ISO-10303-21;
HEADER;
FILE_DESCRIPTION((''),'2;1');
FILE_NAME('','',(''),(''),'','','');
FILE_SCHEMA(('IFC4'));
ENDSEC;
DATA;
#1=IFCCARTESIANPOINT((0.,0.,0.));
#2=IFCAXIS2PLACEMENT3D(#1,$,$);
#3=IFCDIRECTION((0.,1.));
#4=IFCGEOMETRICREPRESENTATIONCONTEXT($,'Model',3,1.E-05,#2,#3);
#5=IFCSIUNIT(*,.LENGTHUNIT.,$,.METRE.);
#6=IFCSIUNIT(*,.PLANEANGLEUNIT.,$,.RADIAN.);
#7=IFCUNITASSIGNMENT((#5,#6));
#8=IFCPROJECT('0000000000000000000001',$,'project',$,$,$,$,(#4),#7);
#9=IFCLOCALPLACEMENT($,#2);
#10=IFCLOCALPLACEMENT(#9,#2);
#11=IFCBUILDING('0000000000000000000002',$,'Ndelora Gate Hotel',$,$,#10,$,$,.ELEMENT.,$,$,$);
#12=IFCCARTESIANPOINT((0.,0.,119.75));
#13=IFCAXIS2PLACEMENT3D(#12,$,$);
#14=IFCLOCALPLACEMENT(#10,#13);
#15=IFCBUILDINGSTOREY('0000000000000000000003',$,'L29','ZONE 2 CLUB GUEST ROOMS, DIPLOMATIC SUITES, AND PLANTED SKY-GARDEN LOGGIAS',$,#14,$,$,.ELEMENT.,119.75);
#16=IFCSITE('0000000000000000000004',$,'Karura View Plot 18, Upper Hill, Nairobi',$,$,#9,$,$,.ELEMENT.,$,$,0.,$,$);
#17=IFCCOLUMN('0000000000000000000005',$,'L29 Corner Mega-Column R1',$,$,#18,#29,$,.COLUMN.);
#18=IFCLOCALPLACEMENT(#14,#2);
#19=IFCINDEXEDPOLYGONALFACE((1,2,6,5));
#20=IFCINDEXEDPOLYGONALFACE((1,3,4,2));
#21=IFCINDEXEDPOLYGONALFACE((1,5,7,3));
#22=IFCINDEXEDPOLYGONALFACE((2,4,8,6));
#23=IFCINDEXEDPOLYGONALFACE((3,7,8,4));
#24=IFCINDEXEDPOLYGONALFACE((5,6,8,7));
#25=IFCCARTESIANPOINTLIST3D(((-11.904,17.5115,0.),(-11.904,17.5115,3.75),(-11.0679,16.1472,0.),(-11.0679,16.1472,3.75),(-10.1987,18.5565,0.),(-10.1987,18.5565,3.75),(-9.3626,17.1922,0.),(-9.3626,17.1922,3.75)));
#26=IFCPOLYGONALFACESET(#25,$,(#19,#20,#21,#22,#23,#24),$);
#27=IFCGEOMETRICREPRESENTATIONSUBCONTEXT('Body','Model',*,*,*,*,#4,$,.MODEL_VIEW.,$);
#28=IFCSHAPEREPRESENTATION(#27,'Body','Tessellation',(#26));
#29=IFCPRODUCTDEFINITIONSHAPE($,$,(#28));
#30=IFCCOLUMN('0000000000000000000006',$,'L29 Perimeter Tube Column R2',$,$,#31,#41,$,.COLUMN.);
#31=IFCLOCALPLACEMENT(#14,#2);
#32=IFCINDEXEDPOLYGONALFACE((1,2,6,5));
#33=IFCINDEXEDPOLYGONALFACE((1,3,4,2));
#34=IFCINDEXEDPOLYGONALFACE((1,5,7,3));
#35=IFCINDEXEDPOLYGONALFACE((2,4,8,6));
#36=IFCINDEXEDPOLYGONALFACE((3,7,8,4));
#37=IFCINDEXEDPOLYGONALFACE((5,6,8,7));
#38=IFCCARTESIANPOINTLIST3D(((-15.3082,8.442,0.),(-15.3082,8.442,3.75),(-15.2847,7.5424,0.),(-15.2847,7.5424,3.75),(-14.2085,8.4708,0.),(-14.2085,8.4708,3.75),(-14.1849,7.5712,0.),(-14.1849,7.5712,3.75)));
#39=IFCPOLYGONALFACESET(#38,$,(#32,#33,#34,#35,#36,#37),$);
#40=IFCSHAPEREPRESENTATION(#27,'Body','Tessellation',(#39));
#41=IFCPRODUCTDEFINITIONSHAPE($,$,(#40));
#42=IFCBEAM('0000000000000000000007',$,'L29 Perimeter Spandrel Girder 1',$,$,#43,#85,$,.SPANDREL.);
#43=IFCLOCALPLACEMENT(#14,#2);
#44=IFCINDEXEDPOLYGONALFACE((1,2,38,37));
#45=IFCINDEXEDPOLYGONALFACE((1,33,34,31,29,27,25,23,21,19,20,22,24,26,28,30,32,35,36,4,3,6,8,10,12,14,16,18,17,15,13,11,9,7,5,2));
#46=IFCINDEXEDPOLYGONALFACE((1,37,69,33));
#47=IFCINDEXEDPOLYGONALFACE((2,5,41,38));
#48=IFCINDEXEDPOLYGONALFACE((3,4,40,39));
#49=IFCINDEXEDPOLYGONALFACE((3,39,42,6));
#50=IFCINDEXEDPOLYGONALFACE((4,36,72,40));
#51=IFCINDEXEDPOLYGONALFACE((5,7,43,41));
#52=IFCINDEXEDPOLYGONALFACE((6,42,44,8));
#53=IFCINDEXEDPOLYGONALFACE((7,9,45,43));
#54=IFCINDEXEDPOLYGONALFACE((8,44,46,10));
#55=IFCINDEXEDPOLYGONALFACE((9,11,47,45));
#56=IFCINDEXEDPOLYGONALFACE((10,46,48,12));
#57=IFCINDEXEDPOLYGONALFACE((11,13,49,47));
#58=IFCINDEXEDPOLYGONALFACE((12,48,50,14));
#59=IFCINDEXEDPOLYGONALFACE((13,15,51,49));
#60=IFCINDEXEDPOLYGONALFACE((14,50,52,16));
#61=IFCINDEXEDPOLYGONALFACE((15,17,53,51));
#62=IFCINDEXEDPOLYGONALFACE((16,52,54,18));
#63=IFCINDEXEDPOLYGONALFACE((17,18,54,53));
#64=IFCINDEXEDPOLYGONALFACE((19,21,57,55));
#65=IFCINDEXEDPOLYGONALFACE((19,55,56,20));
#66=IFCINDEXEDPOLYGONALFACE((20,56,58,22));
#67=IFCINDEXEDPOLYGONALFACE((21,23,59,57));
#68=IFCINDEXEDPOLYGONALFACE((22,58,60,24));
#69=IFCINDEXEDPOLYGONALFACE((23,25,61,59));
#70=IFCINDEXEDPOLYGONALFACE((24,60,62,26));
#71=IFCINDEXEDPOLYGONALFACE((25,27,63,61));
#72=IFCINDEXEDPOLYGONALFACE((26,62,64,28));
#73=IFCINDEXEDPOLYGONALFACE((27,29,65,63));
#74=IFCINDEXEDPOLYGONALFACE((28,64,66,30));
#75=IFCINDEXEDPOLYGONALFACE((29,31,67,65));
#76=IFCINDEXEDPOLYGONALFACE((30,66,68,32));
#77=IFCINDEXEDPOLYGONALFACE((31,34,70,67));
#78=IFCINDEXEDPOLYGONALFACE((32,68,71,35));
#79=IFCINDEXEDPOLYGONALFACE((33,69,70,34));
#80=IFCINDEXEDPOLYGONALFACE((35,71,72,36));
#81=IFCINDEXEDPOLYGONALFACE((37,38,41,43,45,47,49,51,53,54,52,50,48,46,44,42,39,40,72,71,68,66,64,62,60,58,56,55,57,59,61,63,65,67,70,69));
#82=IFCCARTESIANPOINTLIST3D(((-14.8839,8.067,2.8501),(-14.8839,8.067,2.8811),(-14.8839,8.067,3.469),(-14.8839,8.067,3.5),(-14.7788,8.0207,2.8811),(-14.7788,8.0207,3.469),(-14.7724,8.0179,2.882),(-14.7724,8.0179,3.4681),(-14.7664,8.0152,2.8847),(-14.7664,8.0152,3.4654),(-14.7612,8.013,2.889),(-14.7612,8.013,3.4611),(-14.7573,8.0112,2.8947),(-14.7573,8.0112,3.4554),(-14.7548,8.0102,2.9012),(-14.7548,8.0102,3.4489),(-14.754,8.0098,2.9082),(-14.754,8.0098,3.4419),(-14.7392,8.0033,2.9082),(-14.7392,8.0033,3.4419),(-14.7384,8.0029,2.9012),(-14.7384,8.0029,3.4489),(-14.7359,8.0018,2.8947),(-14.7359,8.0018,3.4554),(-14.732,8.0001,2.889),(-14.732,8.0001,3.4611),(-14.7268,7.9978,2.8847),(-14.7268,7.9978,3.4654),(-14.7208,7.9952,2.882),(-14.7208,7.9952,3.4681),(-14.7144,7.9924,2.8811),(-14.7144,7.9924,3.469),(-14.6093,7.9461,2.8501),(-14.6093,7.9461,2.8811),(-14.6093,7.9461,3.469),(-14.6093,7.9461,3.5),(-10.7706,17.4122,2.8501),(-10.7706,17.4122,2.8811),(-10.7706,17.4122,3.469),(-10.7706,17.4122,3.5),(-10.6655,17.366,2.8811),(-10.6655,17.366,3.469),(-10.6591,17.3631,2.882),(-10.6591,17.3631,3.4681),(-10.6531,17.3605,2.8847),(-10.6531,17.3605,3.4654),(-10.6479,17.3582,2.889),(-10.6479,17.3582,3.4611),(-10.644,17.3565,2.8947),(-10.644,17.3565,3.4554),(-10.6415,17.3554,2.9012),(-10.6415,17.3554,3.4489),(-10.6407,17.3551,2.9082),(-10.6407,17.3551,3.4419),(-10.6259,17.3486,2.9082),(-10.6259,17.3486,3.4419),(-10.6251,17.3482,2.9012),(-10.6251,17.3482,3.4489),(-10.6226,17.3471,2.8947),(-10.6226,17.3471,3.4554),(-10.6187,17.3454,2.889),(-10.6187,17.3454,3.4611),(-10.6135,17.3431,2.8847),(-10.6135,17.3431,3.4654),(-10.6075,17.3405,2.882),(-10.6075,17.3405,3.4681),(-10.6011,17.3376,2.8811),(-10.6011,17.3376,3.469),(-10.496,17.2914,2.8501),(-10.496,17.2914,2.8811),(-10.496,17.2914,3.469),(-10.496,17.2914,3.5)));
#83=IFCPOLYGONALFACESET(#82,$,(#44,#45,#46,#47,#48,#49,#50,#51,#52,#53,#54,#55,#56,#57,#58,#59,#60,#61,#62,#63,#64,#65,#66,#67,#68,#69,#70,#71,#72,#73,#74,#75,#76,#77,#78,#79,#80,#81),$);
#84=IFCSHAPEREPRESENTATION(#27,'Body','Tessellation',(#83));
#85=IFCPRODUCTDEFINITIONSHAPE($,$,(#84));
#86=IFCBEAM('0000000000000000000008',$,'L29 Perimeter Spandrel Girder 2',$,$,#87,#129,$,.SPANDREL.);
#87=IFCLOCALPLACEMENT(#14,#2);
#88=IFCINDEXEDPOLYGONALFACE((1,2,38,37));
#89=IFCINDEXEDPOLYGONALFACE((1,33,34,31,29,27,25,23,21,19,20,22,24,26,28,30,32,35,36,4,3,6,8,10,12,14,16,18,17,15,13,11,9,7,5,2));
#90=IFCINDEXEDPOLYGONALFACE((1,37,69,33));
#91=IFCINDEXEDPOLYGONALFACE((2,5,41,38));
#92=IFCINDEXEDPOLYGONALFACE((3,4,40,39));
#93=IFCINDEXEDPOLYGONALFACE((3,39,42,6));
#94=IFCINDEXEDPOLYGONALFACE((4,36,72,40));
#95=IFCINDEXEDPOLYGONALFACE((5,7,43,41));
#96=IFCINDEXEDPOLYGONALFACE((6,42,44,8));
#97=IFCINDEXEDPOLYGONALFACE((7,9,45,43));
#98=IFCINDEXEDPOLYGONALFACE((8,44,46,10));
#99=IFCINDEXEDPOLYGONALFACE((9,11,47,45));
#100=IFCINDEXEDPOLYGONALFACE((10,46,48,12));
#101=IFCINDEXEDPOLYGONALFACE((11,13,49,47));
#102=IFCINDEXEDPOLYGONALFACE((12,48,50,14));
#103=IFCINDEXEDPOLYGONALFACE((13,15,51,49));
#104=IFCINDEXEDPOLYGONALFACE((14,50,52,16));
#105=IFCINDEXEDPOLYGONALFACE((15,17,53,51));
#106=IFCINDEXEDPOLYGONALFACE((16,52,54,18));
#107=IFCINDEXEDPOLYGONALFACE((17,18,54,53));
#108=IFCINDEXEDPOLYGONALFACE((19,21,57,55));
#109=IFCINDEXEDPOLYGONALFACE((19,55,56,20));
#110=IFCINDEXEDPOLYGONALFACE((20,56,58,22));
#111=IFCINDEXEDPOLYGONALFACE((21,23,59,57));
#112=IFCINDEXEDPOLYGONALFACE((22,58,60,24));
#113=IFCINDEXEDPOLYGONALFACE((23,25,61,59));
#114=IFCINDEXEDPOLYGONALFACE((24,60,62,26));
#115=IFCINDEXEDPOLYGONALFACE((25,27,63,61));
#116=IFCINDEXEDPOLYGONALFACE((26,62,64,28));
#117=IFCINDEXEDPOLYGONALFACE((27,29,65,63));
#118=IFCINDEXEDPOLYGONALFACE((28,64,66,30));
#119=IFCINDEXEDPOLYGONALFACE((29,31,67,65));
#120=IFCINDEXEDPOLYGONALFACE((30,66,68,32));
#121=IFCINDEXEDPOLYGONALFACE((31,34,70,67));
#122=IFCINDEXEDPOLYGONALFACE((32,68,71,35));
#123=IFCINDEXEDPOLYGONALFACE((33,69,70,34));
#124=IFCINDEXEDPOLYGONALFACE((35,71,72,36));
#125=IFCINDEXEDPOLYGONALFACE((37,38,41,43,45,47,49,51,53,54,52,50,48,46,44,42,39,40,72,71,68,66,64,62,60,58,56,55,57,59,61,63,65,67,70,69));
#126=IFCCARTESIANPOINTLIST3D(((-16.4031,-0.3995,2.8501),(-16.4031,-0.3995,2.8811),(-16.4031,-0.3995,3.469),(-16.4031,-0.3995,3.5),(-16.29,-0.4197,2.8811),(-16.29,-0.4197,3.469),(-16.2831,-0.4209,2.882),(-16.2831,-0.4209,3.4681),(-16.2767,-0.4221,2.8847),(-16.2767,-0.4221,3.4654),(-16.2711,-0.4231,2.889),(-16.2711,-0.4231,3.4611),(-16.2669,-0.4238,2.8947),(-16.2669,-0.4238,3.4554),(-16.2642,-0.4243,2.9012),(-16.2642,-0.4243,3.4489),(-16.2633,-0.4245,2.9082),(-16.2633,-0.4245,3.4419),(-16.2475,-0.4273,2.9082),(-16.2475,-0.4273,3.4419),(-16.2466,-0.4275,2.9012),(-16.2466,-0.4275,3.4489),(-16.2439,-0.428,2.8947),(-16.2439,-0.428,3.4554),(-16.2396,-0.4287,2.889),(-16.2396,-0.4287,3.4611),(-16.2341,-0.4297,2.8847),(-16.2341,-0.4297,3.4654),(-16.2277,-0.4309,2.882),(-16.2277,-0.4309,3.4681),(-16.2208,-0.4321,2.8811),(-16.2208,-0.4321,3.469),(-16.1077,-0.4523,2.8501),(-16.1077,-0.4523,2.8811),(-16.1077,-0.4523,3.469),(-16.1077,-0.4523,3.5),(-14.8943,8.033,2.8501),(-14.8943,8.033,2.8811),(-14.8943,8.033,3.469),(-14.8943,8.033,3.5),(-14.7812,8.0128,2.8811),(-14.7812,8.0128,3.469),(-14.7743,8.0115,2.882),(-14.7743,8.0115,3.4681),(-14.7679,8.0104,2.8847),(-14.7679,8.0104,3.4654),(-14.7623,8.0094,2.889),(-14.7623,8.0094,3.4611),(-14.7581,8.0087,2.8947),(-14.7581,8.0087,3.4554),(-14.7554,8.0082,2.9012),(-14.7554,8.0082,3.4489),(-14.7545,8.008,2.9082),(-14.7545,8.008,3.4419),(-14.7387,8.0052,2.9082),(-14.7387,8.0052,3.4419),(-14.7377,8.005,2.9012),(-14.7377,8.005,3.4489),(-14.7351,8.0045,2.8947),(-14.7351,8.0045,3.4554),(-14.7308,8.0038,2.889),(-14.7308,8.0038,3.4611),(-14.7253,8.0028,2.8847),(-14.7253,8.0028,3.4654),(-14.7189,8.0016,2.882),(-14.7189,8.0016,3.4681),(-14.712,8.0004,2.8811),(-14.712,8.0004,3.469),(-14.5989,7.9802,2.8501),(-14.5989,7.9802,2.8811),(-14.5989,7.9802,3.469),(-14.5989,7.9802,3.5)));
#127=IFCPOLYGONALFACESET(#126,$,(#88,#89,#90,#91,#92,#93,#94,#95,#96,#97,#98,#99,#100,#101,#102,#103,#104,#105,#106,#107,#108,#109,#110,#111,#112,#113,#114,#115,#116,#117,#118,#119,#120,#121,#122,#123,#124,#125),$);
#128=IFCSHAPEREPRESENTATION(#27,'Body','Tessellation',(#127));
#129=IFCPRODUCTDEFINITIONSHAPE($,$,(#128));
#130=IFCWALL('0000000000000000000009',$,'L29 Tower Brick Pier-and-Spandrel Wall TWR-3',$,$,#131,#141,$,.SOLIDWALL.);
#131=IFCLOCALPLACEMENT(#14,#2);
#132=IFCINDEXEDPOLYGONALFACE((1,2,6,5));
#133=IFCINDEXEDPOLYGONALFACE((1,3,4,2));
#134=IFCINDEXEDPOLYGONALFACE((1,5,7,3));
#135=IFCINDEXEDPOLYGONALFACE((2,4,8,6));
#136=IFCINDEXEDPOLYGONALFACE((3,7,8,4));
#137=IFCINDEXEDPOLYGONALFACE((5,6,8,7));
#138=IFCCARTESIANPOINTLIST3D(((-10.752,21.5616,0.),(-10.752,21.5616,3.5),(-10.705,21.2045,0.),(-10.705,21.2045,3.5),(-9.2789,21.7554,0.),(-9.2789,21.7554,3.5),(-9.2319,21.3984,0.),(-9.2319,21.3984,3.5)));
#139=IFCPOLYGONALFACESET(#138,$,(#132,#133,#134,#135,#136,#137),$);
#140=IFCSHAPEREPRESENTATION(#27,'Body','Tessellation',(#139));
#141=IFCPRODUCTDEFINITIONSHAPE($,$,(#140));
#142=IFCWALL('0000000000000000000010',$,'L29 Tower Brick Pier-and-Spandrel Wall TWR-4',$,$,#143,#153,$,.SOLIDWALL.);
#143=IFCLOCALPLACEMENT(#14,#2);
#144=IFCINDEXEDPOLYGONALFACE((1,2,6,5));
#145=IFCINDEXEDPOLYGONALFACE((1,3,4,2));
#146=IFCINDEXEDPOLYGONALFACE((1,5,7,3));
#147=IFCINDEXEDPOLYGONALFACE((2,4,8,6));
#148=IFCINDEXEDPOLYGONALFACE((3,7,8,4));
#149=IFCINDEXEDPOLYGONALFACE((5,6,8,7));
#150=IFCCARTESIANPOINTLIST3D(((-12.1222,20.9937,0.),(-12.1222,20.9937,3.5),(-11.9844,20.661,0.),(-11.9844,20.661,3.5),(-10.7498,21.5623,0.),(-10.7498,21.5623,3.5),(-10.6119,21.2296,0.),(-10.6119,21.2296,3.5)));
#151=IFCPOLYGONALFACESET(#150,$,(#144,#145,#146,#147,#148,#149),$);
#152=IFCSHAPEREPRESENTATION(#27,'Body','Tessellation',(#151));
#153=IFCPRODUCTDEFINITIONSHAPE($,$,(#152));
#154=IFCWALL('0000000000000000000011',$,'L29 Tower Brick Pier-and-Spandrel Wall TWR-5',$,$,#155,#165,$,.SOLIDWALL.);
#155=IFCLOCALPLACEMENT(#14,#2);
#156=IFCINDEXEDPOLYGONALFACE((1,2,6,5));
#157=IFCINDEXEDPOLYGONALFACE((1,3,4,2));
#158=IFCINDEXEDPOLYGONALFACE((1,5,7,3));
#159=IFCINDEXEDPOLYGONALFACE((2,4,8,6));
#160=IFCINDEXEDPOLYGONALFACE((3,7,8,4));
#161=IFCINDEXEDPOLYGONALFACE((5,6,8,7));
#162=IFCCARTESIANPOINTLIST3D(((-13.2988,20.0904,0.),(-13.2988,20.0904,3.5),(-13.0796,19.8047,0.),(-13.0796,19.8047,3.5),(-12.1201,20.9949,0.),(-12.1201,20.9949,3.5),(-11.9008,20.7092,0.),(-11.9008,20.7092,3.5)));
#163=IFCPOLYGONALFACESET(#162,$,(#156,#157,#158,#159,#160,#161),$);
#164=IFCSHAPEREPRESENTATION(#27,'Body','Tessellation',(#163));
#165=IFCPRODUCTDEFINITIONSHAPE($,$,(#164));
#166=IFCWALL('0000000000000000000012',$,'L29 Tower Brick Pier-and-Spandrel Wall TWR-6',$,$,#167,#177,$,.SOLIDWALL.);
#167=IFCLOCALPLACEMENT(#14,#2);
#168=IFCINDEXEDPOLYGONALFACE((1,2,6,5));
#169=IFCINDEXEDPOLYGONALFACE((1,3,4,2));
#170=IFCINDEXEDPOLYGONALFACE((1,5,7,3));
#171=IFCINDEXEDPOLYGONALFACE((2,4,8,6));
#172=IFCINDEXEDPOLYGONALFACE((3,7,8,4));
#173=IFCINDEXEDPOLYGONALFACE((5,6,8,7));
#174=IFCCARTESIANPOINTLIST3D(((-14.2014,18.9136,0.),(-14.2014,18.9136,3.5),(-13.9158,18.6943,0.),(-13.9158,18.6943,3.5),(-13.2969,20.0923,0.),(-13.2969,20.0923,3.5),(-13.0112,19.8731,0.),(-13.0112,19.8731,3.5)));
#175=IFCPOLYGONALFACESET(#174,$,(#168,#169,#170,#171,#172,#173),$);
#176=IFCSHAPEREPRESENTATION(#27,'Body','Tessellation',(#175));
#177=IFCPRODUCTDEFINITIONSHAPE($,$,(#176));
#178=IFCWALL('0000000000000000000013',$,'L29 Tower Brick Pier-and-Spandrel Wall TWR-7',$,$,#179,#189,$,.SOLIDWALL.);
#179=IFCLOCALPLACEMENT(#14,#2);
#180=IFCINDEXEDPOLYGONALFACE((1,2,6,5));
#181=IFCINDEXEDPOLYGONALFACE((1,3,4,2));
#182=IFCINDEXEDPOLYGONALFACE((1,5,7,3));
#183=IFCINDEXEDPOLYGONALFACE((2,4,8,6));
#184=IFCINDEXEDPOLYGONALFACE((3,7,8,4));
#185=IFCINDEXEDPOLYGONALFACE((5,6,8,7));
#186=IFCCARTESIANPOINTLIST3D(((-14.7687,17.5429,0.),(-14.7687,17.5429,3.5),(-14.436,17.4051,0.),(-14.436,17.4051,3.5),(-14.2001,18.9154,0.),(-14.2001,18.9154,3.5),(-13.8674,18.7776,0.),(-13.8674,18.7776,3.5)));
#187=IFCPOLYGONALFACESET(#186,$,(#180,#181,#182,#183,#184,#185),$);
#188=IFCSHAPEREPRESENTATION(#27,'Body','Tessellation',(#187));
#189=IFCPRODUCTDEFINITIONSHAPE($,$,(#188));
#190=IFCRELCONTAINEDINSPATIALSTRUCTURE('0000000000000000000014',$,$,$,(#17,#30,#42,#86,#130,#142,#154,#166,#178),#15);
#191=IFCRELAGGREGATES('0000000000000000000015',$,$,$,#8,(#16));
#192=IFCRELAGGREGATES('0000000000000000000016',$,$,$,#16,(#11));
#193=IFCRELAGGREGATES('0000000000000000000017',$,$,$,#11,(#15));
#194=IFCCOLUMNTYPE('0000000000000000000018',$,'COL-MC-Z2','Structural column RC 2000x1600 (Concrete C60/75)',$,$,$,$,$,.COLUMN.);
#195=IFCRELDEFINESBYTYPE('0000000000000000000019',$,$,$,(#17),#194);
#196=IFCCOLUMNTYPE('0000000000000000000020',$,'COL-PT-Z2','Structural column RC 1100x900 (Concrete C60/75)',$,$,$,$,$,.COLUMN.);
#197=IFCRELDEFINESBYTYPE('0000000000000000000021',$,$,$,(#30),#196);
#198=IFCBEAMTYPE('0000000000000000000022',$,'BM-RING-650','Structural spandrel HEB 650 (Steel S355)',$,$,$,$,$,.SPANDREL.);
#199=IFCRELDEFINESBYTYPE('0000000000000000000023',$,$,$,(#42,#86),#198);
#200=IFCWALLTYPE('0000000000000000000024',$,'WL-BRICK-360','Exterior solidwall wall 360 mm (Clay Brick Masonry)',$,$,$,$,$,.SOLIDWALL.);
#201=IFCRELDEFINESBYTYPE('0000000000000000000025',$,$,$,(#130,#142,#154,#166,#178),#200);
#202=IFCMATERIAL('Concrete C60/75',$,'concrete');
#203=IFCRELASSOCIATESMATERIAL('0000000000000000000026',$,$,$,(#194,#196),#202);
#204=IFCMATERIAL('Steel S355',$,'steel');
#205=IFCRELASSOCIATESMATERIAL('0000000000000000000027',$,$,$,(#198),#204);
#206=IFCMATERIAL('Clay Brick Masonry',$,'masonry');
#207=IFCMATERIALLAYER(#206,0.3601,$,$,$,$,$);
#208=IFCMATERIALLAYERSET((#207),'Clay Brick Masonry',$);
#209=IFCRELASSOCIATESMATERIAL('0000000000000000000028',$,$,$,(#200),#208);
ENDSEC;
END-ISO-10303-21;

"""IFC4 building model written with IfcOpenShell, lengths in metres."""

from ifc_helpers import new_model, si_unit, direction, frame, frame_2d, origin, origin_2d, place, context, subcontext, project, spatial, rectangle, i_section, extrude, material, layer, layer_set, material_profile, profile_set, type_object, element, save


model = new_model("IFC4")

# Units and contexts
model_context = context("Model", 3, precision=1e-05, world=origin(), true_north=direction((0.0, 1.0)))
body_context = subcontext(model_context, "Body", "Model", "MODEL_VIEW")
ifc_project = project(units=[si_unit("LENGTHUNIT", "METRE"), si_unit("PLANEANGLEUNIT", "RADIAN")], contexts=[model_context])

# Site, building, storey
site_placement = place(None, origin())
site = spatial("IfcSite", under=ifc_project, at=site_placement, Name="Karura View Plot 18, Upper Hill, Nairobi", CompositionType="ELEMENT", RefElevation=0.0)
building_placement = place(site_placement, origin())
building = spatial("IfcBuilding", under=site, at=building_placement, Name="Ndelora Gate Hotel", CompositionType="ELEMENT")
storey_placement = place(building_placement, frame((0.0, 0.0, 119.75)))
storey = spatial("IfcBuildingStorey", under=building, at=storey_placement, Name="L29", Description="ZONE 2 CLUB GUEST ROOMS, DIPLOMATIC SUITES, AND PLANTED SKY-GARDEN LOGGIAS", CompositionType="ELEMENT", Elevation=119.75)

# Columns
ifc_material_1 = material(Name="Concrete C60/75", Category="concrete")
ifc_material_profile_1 = material_profile(ifc_material_1, rectangle(XDim=1.6001, YDim=2.0, at=origin_2d()), Name="RC 2000x1600")
ifc_profile_set_1 = profile_set([ifc_material_profile_1], Name="Concrete C60/75")
column_type_1 = type_object("IfcColumnType", Name="COL-MC-Z2", Description="Structural column RC 2000x1600 (Concrete C60/75)", PredefinedType="COLUMN", material=ifc_profile_set_1)
column_1_placement = place(storey_placement, frame((-10.6333, 17.3518, 0.0), z_axis=(0.0, 0.0, 1.0), x_axis=(-0.522499, 0.85264, 0.0)))
element("IfcColumn", 1, at=column_1_placement, inside=storey, type_object=column_type_1, Name="L29 Corner Mega-Column R1", PredefinedType="COLUMN", context=body_context, shape_type="SweptSolid", body=[
    extrude(rectangle(XDim=1.6001, YDim=2.0, at=origin_2d()), origin(), (0.0, 0.0, 1.0), 3.75),
])
ifc_material_profile_2 = material_profile(ifc_material_1, rectangle(XDim=0.8999, YDim=1.1001, at=origin_2d()), Name="RC 1100x900")
ifc_profile_set_2 = profile_set([ifc_material_profile_2], Name="Concrete C60/75")
column_type_2 = type_object("IfcColumnType", Name="COL-PT-Z2", Description="Structural column RC 1100x900 (Concrete C60/75)", PredefinedType="COLUMN", material=ifc_profile_set_2)
column_2_placement = place(storey_placement, frame((-14.7466, 8.0066, 0.0), z_axis=(0.0, 0.0, 1.0), x_axis=(-0.026177, 0.999657, 0.0)))
element("IfcColumn", 2, at=column_2_placement, inside=storey, type_object=column_type_2, Name="L29 Perimeter Tube Column R2", PredefinedType="COLUMN", context=body_context, shape_type="SweptSolid", body=[
    extrude(rectangle(XDim=0.8999, YDim=1.1001, at=origin_2d()), origin(), (0.0, 0.0, 1.0), 3.75),
])

# Beams
ifc_material_2 = material(Name="Steel S355", Category="steel")
ifc_material_profile_3 = material_profile(ifc_material_2, i_section(OverallWidth=0.3, OverallDepth=0.6499, WebThickness=0.0161, FlangeThickness=0.031, FilletRadius=0.0271, at=origin_2d()), Name="HEB 650")
ifc_profile_set_3 = profile_set([ifc_material_profile_3], Name="Steel S355")
beam_type = type_object("IfcBeamType", Name="BM-RING-650", Description="Structural spandrel HEB 650 (Steel S355)", PredefinedType="SPANDREL", material=ifc_profile_set_3)
beam_1_placement = place(storey_placement, frame((-10.6333, 17.3518, 3.175), z_axis=(-0.402852, -0.915265, 0.0), x_axis=(0.915265, -0.402852, 0.0)))
element("IfcBeam", 3, at=beam_1_placement, inside=storey, type_object=beam_type, Name="L29 Perimeter Spandrel Girder 1", PredefinedType="SPANDREL", context=body_context, shape_type="SweptSolid", body=[
    extrude(i_section(OverallWidth=0.3, OverallDepth=0.6499, WebThickness=0.0161, FlangeThickness=0.031, FilletRadius=0.0271, at=origin_2d()), origin(), (0.0, 0.0, 1.0), 10.2104),
])
beam_2_placement = place(storey_placement, frame((-14.7466, 8.0066, 3.175), z_axis=(-0.176131, -0.984367, 0.0), x_axis=(0.984367, -0.176131, 0.0)))
element("IfcBeam", 4, at=beam_2_placement, inside=storey, type_object=beam_type, Name="L29 Perimeter Spandrel Girder 2", PredefinedType="SPANDREL", context=body_context, shape_type="SweptSolid", body=[
    extrude(i_section(OverallWidth=0.3, OverallDepth=0.6499, WebThickness=0.0161, FlangeThickness=0.031, FilletRadius=0.0271, at=origin_2d()), origin(), (0.0, 0.0, 1.0), 8.5664),
])

# Walls
ifc_material_3 = material(Name="Clay Brick Masonry", Category="masonry")
ifc_layer_1 = layer(ifc_material_3, 0.3601)
ifc_layer_set_1 = layer_set([ifc_layer_1], Name="Clay Brick Masonry")
wall_type_1 = type_object("IfcWallType", Name="WL-BRICK-360", Description="Exterior solidwall wall 360 mm (Clay Brick Masonry)", PredefinedType="SOLIDWALL", material=ifc_layer_set_1)
wall_1_placement = place(storey_placement, frame((-10.7285, 21.3831, 0.0), z_axis=(0.0, 0.0, 1.0), x_axis=(0.991453, 0.130463, 0.0)))
element("IfcWall", 5, at=wall_1_placement, inside=storey, type_object=wall_type_1, Name="L29 Tower Brick Pier-and-Spandrel Wall TWR-3", PredefinedType="SOLIDWALL", context=body_context, shape_type="SweptSolid", body=[
    extrude(rectangle(XDim=1.4858, YDim=0.3601, at=frame_2d((0.7429, 0.0))), origin(), (0.0, 0.0, 1.0), 3.5),
])
wall_2_placement = place(storey_placement, frame((-12.0532, 20.8274, 0.0), z_axis=(0.0, 0.0, 1.0), x_axis=(0.923863, 0.382724, 0.0)))
element("IfcWall", 6, at=wall_2_placement, inside=storey, type_object=wall_type_1, Name="L29 Tower Brick Pier-and-Spandrel Wall TWR-4", PredefinedType="SOLIDWALL", context=body_context, shape_type="SweptSolid", body=[
    extrude(rectangle(XDim=1.4856, YDim=0.3601, at=frame_2d((0.7427, 0.0))), origin(), (0.0, 0.0, 1.0), 3.5),
])
for number, where, z_axis, x_axis, name in (
    (7, (-13.1892, 19.9475, 0.0), (0.0, 0.0, 1.0), (0.793326, 0.608797, 0.0), "L29 Tower Brick Pier-and-Spandrel Wall TWR-5"),
    (8, (-14.0586, 18.804, 0.0), (0.0, 0.0, 1.0), (0.608797, 0.793326, 0.0), "L29 Tower Brick Pier-and-Spandrel Wall TWR-6"),
):
    element("IfcWall", number, at=place(storey_placement, frame(where, z_axis=z_axis, x_axis=x_axis)), inside=storey, type_object=wall_type_1, Name=name, PredefinedType="SOLIDWALL", context=body_context, shape_type="SweptSolid", body=[
        extrude(rectangle(XDim=1.4858, YDim=0.3601, at=frame_2d((0.7429, 0.0))), origin(), (0.0, 0.0, 1.0), 3.5),
    ])
wall_3_placement = place(storey_placement, frame((-14.6023, 17.4741, 0.0), z_axis=(0.0, 0.0, 1.0), x_axis=(0.382724, 0.923863, 0.0)))
element("IfcWall", 9, at=wall_3_placement, inside=storey, type_object=wall_type_1, Name="L29 Tower Brick Pier-and-Spandrel Wall TWR-7", PredefinedType="SOLIDWALL", context=body_context, shape_type="SweptSolid", body=[
    extrude(rectangle(XDim=1.4856, YDim=0.3601, at=frame_2d((0.7427, 0.0))), origin(), (0.0, 0.0, 1.0), 3.5),
])

save(model, "model.ifc")
